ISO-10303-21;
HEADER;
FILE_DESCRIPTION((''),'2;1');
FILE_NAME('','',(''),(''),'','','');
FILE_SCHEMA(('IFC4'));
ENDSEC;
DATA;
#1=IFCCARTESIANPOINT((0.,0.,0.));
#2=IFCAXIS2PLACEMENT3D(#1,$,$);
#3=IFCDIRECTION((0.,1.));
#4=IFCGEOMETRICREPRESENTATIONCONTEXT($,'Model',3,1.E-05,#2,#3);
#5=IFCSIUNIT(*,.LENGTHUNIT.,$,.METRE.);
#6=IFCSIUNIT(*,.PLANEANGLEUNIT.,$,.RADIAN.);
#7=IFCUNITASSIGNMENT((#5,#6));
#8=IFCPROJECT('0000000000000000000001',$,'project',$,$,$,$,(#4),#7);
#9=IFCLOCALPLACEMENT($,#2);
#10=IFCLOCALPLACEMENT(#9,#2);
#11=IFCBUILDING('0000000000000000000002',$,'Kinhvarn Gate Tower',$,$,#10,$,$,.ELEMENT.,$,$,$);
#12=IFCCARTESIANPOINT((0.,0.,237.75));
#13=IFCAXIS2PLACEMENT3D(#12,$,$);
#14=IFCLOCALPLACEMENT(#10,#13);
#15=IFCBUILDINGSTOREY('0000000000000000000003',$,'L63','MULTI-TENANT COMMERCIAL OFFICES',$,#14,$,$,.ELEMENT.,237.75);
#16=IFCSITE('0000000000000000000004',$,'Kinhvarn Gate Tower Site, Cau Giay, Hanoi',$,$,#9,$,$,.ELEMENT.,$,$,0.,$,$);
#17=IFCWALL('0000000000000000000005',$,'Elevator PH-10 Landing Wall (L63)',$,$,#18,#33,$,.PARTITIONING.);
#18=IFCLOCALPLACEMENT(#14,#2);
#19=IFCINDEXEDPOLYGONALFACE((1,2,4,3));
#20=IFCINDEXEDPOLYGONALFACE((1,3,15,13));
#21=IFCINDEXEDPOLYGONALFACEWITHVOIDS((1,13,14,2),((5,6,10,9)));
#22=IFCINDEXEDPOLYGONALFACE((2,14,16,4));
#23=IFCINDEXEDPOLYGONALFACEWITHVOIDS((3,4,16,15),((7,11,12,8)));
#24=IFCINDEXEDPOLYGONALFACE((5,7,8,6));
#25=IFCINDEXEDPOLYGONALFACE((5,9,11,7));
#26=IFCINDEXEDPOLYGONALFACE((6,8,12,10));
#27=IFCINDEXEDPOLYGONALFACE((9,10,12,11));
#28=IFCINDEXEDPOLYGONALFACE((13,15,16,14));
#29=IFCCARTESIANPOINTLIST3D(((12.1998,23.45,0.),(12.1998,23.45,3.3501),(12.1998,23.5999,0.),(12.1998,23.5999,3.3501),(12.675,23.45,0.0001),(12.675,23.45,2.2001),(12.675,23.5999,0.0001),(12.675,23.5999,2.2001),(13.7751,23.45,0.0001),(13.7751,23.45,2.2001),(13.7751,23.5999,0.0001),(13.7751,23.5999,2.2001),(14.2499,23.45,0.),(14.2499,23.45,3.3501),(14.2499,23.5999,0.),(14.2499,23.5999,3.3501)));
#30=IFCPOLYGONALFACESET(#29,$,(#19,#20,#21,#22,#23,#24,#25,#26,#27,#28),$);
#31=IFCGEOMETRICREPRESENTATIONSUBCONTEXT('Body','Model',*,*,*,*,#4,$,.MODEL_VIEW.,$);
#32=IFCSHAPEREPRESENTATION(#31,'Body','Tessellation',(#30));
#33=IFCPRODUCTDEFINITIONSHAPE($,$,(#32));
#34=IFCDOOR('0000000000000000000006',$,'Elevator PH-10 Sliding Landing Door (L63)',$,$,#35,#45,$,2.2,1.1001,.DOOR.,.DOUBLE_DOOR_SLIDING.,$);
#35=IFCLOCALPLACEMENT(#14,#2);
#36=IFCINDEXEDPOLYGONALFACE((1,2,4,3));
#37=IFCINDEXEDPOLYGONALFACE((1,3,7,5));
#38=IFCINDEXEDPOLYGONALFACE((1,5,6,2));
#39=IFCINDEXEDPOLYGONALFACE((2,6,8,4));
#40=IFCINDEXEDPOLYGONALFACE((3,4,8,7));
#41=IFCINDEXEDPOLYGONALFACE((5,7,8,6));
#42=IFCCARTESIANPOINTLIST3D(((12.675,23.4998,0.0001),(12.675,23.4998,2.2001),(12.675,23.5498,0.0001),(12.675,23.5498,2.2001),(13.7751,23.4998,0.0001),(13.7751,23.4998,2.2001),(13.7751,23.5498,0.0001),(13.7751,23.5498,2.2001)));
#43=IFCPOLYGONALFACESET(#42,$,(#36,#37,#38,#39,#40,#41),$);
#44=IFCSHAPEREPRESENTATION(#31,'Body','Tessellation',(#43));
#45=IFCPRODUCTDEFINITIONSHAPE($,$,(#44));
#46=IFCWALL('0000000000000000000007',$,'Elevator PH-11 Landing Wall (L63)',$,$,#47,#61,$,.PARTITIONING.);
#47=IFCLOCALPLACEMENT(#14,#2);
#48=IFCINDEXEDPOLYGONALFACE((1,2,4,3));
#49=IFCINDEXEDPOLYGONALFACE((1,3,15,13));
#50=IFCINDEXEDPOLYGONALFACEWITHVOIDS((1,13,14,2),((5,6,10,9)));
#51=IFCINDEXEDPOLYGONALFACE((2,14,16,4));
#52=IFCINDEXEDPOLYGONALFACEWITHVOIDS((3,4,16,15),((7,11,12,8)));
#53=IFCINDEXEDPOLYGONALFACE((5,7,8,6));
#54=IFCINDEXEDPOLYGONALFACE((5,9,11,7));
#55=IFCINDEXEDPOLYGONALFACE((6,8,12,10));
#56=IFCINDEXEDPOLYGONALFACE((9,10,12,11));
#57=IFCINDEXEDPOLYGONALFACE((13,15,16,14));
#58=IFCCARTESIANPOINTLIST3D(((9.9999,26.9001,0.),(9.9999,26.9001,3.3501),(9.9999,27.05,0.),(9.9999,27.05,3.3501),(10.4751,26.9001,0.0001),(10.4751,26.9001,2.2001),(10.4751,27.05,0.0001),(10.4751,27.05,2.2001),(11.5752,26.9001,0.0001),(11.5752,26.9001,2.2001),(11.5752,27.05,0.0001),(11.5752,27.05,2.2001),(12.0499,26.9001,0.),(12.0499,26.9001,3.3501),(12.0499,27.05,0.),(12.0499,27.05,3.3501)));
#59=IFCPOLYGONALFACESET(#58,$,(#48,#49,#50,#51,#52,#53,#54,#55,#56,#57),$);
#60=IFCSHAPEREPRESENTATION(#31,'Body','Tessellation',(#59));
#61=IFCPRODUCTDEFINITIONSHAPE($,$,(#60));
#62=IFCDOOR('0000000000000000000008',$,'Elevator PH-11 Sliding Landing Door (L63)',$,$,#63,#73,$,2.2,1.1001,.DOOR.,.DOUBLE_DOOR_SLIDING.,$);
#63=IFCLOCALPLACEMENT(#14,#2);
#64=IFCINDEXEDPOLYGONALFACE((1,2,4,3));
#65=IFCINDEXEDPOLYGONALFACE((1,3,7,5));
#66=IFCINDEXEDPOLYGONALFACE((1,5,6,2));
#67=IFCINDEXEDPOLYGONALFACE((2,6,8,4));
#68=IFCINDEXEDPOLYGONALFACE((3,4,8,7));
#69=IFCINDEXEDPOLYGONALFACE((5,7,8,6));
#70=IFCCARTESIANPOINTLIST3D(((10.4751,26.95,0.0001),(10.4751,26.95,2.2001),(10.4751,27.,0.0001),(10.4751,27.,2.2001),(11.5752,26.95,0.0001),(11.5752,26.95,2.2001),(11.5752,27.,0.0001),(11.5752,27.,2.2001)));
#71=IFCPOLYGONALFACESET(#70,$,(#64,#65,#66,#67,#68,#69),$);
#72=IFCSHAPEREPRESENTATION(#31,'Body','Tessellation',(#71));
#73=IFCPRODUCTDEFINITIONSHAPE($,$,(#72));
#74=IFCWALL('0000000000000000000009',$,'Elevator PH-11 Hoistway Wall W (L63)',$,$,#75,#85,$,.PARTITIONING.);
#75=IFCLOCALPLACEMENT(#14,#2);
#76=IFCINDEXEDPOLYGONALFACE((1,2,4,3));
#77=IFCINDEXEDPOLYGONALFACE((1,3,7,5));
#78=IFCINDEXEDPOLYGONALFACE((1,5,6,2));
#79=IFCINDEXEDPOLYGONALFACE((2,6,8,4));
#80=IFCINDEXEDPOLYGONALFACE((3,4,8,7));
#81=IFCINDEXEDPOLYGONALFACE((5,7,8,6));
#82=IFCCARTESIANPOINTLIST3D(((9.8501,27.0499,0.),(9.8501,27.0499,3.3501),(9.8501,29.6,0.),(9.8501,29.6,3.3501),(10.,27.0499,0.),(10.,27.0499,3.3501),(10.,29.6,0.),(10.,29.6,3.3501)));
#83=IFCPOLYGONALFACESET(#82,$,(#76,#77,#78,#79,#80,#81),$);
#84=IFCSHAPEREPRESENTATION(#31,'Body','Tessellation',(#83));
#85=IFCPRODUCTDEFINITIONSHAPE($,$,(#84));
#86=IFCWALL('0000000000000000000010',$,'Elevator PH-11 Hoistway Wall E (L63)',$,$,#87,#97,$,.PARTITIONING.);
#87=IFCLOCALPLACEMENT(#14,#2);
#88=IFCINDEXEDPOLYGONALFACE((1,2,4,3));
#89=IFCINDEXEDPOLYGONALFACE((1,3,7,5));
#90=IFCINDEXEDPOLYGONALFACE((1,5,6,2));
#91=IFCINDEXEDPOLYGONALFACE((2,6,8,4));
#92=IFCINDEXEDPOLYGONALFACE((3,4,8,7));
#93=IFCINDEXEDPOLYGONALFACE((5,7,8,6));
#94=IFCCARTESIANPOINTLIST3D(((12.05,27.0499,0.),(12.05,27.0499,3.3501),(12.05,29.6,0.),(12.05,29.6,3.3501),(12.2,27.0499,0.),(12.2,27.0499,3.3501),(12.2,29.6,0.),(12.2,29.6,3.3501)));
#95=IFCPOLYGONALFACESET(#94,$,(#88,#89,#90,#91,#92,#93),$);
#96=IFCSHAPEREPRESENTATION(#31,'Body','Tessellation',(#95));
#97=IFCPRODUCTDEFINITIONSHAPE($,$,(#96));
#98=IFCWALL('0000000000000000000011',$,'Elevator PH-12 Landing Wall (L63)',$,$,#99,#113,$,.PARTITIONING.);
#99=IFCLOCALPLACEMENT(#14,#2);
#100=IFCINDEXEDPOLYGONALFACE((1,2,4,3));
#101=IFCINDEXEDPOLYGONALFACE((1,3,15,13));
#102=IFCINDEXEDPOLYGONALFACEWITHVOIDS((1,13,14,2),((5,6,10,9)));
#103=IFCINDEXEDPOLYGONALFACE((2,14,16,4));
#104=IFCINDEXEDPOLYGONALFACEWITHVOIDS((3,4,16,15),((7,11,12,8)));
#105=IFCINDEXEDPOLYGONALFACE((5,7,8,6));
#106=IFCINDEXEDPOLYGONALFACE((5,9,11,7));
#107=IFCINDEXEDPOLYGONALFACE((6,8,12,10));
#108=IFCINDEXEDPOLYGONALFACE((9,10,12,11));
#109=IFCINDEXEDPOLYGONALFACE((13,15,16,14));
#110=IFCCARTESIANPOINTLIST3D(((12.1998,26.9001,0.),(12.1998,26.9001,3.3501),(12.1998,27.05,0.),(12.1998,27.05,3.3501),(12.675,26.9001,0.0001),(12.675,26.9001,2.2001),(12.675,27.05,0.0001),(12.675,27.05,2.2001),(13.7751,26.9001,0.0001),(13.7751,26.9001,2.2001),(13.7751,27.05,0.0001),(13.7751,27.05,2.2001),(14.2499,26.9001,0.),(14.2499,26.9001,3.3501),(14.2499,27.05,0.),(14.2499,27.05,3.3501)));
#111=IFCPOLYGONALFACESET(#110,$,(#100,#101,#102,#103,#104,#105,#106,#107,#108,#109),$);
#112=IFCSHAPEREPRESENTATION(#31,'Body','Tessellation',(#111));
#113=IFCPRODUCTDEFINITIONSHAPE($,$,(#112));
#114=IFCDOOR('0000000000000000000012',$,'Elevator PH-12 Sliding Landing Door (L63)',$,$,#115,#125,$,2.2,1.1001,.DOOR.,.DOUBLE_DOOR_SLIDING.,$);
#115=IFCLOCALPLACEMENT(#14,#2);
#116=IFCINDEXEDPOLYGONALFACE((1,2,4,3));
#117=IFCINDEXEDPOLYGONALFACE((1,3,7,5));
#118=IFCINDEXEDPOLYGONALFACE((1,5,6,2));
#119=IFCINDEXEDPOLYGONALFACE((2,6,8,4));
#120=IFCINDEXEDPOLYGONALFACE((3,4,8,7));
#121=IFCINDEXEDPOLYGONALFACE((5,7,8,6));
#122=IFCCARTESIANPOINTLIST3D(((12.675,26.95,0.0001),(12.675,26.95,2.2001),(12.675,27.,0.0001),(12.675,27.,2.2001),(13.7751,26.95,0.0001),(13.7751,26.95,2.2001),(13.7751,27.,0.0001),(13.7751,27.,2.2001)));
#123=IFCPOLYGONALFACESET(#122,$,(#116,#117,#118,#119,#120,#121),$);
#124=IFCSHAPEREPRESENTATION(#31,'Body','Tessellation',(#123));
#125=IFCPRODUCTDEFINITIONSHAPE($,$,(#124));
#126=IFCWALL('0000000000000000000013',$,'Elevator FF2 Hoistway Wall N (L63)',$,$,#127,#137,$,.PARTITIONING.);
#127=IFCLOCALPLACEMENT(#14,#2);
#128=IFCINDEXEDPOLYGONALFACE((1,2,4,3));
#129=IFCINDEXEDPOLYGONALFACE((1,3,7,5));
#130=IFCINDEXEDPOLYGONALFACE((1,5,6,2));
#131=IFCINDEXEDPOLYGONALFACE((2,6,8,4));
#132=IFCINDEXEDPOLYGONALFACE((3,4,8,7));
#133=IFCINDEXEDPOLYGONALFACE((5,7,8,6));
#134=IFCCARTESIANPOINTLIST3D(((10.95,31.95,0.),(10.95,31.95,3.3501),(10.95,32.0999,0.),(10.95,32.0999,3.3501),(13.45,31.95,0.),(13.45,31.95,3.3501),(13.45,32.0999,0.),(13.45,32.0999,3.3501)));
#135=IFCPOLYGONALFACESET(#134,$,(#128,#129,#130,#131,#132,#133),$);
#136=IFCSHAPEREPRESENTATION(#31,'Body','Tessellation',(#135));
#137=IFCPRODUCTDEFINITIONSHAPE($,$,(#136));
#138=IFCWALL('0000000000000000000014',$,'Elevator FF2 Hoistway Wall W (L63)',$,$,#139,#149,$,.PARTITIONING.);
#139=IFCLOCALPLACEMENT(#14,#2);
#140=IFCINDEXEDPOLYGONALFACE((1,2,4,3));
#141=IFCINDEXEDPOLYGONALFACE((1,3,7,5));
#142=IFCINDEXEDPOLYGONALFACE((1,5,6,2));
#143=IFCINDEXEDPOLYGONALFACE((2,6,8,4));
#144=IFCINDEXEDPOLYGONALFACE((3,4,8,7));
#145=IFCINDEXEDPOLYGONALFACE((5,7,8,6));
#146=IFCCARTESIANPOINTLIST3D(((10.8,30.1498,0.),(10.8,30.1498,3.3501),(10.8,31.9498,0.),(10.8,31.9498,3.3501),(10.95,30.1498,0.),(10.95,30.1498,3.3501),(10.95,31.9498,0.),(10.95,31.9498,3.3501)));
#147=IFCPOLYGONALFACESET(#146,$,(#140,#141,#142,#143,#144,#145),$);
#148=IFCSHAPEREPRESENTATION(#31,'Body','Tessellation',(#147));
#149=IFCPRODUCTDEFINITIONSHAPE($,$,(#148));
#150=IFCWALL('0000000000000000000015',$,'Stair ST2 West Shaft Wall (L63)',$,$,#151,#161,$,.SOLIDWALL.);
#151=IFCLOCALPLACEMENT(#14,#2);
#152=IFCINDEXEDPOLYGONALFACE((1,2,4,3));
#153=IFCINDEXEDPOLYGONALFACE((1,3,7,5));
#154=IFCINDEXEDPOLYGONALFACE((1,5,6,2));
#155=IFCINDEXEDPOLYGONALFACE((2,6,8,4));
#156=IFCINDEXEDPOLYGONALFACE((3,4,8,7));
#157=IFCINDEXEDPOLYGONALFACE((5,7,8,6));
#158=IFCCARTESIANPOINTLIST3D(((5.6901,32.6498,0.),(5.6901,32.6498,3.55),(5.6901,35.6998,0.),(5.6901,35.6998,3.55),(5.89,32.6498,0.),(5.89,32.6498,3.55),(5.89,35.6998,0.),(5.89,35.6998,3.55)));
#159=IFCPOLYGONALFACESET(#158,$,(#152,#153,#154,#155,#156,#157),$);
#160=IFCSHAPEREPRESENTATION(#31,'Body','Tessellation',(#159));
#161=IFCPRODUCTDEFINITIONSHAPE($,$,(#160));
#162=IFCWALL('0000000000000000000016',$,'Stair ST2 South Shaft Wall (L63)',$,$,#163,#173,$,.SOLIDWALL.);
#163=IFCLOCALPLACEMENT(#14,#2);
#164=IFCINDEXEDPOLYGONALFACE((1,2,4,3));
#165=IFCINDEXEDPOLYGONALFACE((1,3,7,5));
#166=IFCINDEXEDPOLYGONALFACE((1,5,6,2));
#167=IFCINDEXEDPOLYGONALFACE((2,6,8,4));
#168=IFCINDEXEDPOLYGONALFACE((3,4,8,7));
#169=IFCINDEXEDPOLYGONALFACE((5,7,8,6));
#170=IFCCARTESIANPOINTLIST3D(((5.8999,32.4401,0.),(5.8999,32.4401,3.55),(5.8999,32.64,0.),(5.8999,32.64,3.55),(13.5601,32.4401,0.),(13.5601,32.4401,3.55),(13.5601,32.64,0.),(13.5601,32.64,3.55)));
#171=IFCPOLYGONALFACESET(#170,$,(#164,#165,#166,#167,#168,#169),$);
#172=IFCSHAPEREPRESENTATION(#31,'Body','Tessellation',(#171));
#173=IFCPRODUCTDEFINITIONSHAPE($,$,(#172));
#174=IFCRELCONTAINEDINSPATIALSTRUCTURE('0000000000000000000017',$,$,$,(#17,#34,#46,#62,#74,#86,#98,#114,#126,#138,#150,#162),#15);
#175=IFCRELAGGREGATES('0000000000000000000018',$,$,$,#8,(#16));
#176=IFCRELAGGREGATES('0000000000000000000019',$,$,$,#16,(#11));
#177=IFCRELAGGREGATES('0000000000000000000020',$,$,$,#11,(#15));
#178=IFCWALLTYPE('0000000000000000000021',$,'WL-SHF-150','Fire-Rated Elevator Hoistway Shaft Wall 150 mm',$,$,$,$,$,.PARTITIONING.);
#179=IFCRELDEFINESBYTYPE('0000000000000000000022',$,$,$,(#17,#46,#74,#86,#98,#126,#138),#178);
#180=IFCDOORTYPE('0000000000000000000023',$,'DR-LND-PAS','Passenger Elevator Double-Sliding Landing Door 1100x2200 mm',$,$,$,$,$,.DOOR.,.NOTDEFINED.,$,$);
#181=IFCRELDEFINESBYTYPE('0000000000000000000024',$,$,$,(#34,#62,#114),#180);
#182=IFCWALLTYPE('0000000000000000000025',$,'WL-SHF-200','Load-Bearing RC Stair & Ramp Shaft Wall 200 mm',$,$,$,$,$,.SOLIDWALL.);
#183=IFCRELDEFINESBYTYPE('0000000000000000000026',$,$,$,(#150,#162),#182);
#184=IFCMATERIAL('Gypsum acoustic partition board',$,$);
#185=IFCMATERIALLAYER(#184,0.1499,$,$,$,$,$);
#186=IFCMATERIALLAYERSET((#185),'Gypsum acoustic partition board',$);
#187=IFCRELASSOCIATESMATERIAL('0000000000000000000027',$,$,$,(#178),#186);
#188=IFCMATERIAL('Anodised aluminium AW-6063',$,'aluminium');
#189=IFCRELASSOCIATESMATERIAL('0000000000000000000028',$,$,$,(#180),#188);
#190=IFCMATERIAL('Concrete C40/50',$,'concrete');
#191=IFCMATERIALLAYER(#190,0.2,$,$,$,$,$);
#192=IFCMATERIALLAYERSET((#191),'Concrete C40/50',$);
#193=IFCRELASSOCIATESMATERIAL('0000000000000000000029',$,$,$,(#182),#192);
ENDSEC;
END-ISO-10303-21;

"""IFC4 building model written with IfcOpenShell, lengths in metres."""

from ifc_helpers import new_model, si_unit, direction, frame, frame_2d, origin, place, context, subcontext, project, spatial, rectangle, extrude, material, layer, layer_set, type_object, element, fill, save


model = new_model("IFC4")

# Units and contexts
model_context = context("Model", 3, precision=1e-05, world=origin(), true_north=direction((0.0, 1.0)))
body_context = subcontext(model_context, "Body", "Model", "MODEL_VIEW")
ifc_project = project(units=[si_unit("LENGTHUNIT", "METRE"), si_unit("PLANEANGLEUNIT", "RADIAN")], contexts=[model_context])

# Site, building, storey
site_placement = place(None, origin())
site = spatial("IfcSite", under=ifc_project, at=site_placement, Name="Kinhvarn Gate Tower Site, Cau Giay, Hanoi", CompositionType="ELEMENT", RefElevation=0.0)
building_placement = place(site_placement, origin())
building = spatial("IfcBuilding", under=site, at=building_placement, Name="Kinhvarn Gate Tower", CompositionType="ELEMENT")
storey_placement = place(building_placement, frame((0.0, 0.0, 237.75)))
storey = spatial("IfcBuildingStorey", under=building, at=storey_placement, Name="L63", Description="MULTI-TENANT COMMERCIAL OFFICES", CompositionType="ELEMENT", Elevation=237.75)

# Shared definitions
ifc_material_1 = material(Name="Gypsum acoustic partition board")

# Shared definitions
ifc_material_2 = material(Name="Anodised aluminium AW-6063", Category="aluminium")

# Shared definitions
ifc_layer_1 = layer(ifc_material_1, 0.1499)
ifc_layer_set_1 = layer_set([ifc_layer_1], Name="Gypsum acoustic partition board")
wall_type_1 = type_object("IfcWallType", Name="WL-SHF-150", Description="Fire-Rated Elevator Hoistway Shaft Wall 150 mm", PredefinedType="PARTITIONING", material=ifc_layer_set_1)
door_type_1 = type_object("IfcDoorType", Name="DR-LND-PAS", Description="Passenger Elevator Double-Sliding Landing Door 1100x2200 mm", OperationType="NOTDEFINED", PredefinedType="DOOR", material=ifc_material_2)

# Walls, openings, doors
wall_1_placement = place(storey_placement, frame((12.2, 23.5249, 0.0), z_axis=(0.0, 0.0, 1.0), x_axis=(1.0, 0.0, 0.0)))
wall_1 = element("IfcWall", 1, at=wall_1_placement, inside=storey, type_object=wall_type_1, Name="Elevator PH-10 Landing Wall (L63)", PredefinedType="PARTITIONING", context=body_context, shape_type="SweptSolid", body=[
    extrude(rectangle(XDim=2.05, YDim=0.1499, at=frame_2d((1.0249, 0.0))), origin(), (0.0, 0.0, 1.0), 3.3501),
])
opening_1_placement = place(wall_1_placement, frame((0.4751, 0.0, 0.0)))
opening_1 = element("IfcOpeningElement", 2, at=opening_1_placement, cuts=wall_1, PredefinedType="OPENING", context=body_context, shape_type="SweptSolid", body=[
    extrude(rectangle(XDim=1.1001, YDim=2.2, at=frame_2d((0.55, 1.1001))), frame((0.0, 0.085, 0.0), z_axis=(0.0, -1.0, 0.0), x_axis=(1.0, 0.0, 0.0)), (0.0, 0.0, 1.0), 0.1699),
])
door_1_placement = place(opening_1_placement, origin())
door_1 = element("IfcDoor", 3, at=door_1_placement, inside=storey, type_object=door_type_1, Name="Elevator PH-10 Sliding Landing Door (L63)", OperationType="DOUBLE_DOOR_SLIDING", OverallHeight=2.2, OverallWidth=1.1001, PredefinedType="DOOR", context=body_context, shape_type="SweptSolid", body=[
    extrude(rectangle(XDim=1.1001, YDim=2.2, at=frame_2d((0.55, 1.1001))), frame((0.0, 0.0249, 0.0), z_axis=(0.0, -1.0, 0.0), x_axis=(1.0, 0.0, 0.0)), (0.0, 0.0, 1.0), 0.05),
])
fill(opening_1, door_1)
wall_2_placement = place(storey_placement, frame((10.0, 26.9751, 0.0), z_axis=(0.0, 0.0, 1.0), x_axis=(1.0, 0.0, 0.0)))
wall_2 = element("IfcWall", 4, at=wall_2_placement, inside=storey, type_object=wall_type_1, Name="Elevator PH-11 Landing Wall (L63)", PredefinedType="PARTITIONING", context=body_context, shape_type="SweptSolid", body=[
    extrude(rectangle(XDim=2.05, YDim=0.1499, at=frame_2d((1.0249, 0.0))), origin(), (0.0, 0.0, 1.0), 3.3501),
])
opening_2_placement = place(wall_2_placement, frame((0.4751, 0.0, 0.0)))
opening_2 = element("IfcOpeningElement", 5, at=opening_2_placement, cuts=wall_2, PredefinedType="OPENING", context=body_context, shape_type="SweptSolid", body=[
    extrude(rectangle(XDim=1.1001, YDim=2.2, at=frame_2d((0.55, 1.1001))), frame((0.0, 0.085, 0.0), z_axis=(0.0, -1.0, 0.0), x_axis=(1.0, 0.0, 0.0)), (0.0, 0.0, 1.0), 0.1699),
])
door_2_placement = place(opening_2_placement, origin())
door_2 = element("IfcDoor", 6, at=door_2_placement, inside=storey, type_object=door_type_1, Name="Elevator PH-11 Sliding Landing Door (L63)", OperationType="DOUBLE_DOOR_SLIDING", OverallHeight=2.2, OverallWidth=1.1001, PredefinedType="DOOR", context=body_context, shape_type="SweptSolid", body=[
    extrude(rectangle(XDim=1.1001, YDim=2.2, at=frame_2d((0.55, 1.1001))), frame((0.0, 0.0249, 0.0), z_axis=(0.0, -1.0, 0.0), x_axis=(1.0, 0.0, 0.0)), (0.0, 0.0, 1.0), 0.05),
])
fill(opening_2, door_2)

# Walls
for number, where, z_axis, x_axis, name in (
    (7, (9.925, 27.05, 0.0), (0.0, 0.0, 1.0), (0.0, 1.0, 0.0), "Elevator PH-11 Hoistway Wall W (L63)"),
    (8, (12.125, 27.05, 0.0), (0.0, 0.0, 1.0), (0.0, 1.0, 0.0), "Elevator PH-11 Hoistway Wall E (L63)"),
):
    element("IfcWall", number, at=place(storey_placement, frame(where, z_axis=z_axis, x_axis=x_axis)), inside=storey, type_object=wall_type_1, Name=name, PredefinedType="PARTITIONING", context=body_context, shape_type="SweptSolid", body=[
        extrude(rectangle(XDim=2.55, YDim=0.1499, at=frame_2d((1.2749, 0.0))), origin(), (0.0, 0.0, 1.0), 3.3501),
    ])

# Wall, opening, door
wall_3_placement = place(storey_placement, frame((12.2, 26.9751, 0.0), z_axis=(0.0, 0.0, 1.0), x_axis=(1.0, 0.0, 0.0)))
wall_3 = element("IfcWall", 9, at=wall_3_placement, inside=storey, type_object=wall_type_1, Name="Elevator PH-12 Landing Wall (L63)", PredefinedType="PARTITIONING", context=body_context, shape_type="SweptSolid", body=[
    extrude(rectangle(XDim=2.05, YDim=0.1499, at=frame_2d((1.0249, 0.0))), origin(), (0.0, 0.0, 1.0), 3.3501),
])
opening_3_placement = place(wall_3_placement, frame((0.4751, 0.0, 0.0)))
opening_3 = element("IfcOpeningElement", 10, at=opening_3_placement, cuts=wall_3, PredefinedType="OPENING", context=body_context, shape_type="SweptSolid", body=[
    extrude(rectangle(XDim=1.1001, YDim=2.2, at=frame_2d((0.55, 1.1001))), frame((0.0, 0.085, 0.0), z_axis=(0.0, -1.0, 0.0), x_axis=(1.0, 0.0, 0.0)), (0.0, 0.0, 1.0), 0.1699),
])
door_3_placement = place(opening_3_placement, origin())
door_3 = element("IfcDoor", 11, at=door_3_placement, inside=storey, type_object=door_type_1, Name="Elevator PH-12 Sliding Landing Door (L63)", OperationType="DOUBLE_DOOR_SLIDING", OverallHeight=2.2, OverallWidth=1.1001, PredefinedType="DOOR", context=body_context, shape_type="SweptSolid", body=[
    extrude(rectangle(XDim=1.1001, YDim=2.2, at=frame_2d((0.55, 1.1001))), frame((0.0, 0.0249, 0.0), z_axis=(0.0, -1.0, 0.0), x_axis=(1.0, 0.0, 0.0)), (0.0, 0.0, 1.0), 0.05),
])
fill(opening_3, door_3)

# Walls
wall_4_placement = place(storey_placement, frame((10.95, 32.0249, 0.0), z_axis=(0.0, 0.0, 1.0), x_axis=(1.0, 0.0, 0.0)))
element("IfcWall", 12, at=wall_4_placement, inside=storey, type_object=wall_type_1, Name="Elevator FF2 Hoistway Wall N (L63)", PredefinedType="PARTITIONING", context=body_context, shape_type="SweptSolid", body=[
    extrude(rectangle(XDim=2.5, YDim=0.1499, at=frame_2d((1.25, 0.0))), origin(), (0.0, 0.0, 1.0), 3.3501),
])
wall_5_placement = place(storey_placement, frame((10.875, 30.1499, 0.0), z_axis=(0.0, 0.0, 1.0), x_axis=(0.0, 1.0, 0.0)))
element("IfcWall", 13, at=wall_5_placement, inside=storey, type_object=wall_type_1, Name="Elevator FF2 Hoistway Wall W (L63)", PredefinedType="PARTITIONING", context=body_context, shape_type="SweptSolid", body=[
    extrude(rectangle(XDim=1.8, YDim=0.1499, at=frame_2d((0.8999, 0.0))), origin(), (0.0, 0.0, 1.0), 3.3501),
])
ifc_material_3 = material(Name="Concrete C40/50", Category="concrete")
ifc_layer_2 = layer(ifc_material_3, 0.2)
ifc_layer_set_2 = layer_set([ifc_layer_2], Name="Concrete C40/50")
wall_type_2 = type_object("IfcWallType", Name="WL-SHF-200", Description="Load-Bearing RC Stair & Ramp Shaft Wall 200 mm", PredefinedType="SOLIDWALL", material=ifc_layer_set_2)
wall_6_placement = place(storey_placement, frame((5.79, 32.6499, 0.0), z_axis=(0.0, 0.0, 1.0), x_axis=(0.0, 1.0, 0.0)))
element("IfcWall", 14, at=wall_6_placement, inside=storey, type_object=wall_type_2, Name="Stair ST2 West Shaft Wall (L63)", PredefinedType="SOLIDWALL", context=body_context, shape_type="SweptSolid", body=[
    extrude(rectangle(XDim=3.05, YDim=0.2, at=frame_2d((1.5249, 0.0))), origin(), (0.0, 0.0, 1.0), 3.55),
])
wall_7_placement = place(storey_placement, frame((5.8999, 32.54, 0.0), z_axis=(0.0, 0.0, 1.0), x_axis=(1.0, 0.0, 0.0)))
element("IfcWall", 15, at=wall_7_placement, inside=storey, type_object=wall_type_2, Name="Stair ST2 South Shaft Wall (L63)", PredefinedType="SOLIDWALL", context=body_context, shape_type="SweptSolid", body=[
    extrude(rectangle(XDim=7.6602, YDim=0.2, at=frame_2d((3.8301, 0.0))), origin(), (0.0, 0.0, 1.0), 3.55),
])

save(model, "model.ifc")
